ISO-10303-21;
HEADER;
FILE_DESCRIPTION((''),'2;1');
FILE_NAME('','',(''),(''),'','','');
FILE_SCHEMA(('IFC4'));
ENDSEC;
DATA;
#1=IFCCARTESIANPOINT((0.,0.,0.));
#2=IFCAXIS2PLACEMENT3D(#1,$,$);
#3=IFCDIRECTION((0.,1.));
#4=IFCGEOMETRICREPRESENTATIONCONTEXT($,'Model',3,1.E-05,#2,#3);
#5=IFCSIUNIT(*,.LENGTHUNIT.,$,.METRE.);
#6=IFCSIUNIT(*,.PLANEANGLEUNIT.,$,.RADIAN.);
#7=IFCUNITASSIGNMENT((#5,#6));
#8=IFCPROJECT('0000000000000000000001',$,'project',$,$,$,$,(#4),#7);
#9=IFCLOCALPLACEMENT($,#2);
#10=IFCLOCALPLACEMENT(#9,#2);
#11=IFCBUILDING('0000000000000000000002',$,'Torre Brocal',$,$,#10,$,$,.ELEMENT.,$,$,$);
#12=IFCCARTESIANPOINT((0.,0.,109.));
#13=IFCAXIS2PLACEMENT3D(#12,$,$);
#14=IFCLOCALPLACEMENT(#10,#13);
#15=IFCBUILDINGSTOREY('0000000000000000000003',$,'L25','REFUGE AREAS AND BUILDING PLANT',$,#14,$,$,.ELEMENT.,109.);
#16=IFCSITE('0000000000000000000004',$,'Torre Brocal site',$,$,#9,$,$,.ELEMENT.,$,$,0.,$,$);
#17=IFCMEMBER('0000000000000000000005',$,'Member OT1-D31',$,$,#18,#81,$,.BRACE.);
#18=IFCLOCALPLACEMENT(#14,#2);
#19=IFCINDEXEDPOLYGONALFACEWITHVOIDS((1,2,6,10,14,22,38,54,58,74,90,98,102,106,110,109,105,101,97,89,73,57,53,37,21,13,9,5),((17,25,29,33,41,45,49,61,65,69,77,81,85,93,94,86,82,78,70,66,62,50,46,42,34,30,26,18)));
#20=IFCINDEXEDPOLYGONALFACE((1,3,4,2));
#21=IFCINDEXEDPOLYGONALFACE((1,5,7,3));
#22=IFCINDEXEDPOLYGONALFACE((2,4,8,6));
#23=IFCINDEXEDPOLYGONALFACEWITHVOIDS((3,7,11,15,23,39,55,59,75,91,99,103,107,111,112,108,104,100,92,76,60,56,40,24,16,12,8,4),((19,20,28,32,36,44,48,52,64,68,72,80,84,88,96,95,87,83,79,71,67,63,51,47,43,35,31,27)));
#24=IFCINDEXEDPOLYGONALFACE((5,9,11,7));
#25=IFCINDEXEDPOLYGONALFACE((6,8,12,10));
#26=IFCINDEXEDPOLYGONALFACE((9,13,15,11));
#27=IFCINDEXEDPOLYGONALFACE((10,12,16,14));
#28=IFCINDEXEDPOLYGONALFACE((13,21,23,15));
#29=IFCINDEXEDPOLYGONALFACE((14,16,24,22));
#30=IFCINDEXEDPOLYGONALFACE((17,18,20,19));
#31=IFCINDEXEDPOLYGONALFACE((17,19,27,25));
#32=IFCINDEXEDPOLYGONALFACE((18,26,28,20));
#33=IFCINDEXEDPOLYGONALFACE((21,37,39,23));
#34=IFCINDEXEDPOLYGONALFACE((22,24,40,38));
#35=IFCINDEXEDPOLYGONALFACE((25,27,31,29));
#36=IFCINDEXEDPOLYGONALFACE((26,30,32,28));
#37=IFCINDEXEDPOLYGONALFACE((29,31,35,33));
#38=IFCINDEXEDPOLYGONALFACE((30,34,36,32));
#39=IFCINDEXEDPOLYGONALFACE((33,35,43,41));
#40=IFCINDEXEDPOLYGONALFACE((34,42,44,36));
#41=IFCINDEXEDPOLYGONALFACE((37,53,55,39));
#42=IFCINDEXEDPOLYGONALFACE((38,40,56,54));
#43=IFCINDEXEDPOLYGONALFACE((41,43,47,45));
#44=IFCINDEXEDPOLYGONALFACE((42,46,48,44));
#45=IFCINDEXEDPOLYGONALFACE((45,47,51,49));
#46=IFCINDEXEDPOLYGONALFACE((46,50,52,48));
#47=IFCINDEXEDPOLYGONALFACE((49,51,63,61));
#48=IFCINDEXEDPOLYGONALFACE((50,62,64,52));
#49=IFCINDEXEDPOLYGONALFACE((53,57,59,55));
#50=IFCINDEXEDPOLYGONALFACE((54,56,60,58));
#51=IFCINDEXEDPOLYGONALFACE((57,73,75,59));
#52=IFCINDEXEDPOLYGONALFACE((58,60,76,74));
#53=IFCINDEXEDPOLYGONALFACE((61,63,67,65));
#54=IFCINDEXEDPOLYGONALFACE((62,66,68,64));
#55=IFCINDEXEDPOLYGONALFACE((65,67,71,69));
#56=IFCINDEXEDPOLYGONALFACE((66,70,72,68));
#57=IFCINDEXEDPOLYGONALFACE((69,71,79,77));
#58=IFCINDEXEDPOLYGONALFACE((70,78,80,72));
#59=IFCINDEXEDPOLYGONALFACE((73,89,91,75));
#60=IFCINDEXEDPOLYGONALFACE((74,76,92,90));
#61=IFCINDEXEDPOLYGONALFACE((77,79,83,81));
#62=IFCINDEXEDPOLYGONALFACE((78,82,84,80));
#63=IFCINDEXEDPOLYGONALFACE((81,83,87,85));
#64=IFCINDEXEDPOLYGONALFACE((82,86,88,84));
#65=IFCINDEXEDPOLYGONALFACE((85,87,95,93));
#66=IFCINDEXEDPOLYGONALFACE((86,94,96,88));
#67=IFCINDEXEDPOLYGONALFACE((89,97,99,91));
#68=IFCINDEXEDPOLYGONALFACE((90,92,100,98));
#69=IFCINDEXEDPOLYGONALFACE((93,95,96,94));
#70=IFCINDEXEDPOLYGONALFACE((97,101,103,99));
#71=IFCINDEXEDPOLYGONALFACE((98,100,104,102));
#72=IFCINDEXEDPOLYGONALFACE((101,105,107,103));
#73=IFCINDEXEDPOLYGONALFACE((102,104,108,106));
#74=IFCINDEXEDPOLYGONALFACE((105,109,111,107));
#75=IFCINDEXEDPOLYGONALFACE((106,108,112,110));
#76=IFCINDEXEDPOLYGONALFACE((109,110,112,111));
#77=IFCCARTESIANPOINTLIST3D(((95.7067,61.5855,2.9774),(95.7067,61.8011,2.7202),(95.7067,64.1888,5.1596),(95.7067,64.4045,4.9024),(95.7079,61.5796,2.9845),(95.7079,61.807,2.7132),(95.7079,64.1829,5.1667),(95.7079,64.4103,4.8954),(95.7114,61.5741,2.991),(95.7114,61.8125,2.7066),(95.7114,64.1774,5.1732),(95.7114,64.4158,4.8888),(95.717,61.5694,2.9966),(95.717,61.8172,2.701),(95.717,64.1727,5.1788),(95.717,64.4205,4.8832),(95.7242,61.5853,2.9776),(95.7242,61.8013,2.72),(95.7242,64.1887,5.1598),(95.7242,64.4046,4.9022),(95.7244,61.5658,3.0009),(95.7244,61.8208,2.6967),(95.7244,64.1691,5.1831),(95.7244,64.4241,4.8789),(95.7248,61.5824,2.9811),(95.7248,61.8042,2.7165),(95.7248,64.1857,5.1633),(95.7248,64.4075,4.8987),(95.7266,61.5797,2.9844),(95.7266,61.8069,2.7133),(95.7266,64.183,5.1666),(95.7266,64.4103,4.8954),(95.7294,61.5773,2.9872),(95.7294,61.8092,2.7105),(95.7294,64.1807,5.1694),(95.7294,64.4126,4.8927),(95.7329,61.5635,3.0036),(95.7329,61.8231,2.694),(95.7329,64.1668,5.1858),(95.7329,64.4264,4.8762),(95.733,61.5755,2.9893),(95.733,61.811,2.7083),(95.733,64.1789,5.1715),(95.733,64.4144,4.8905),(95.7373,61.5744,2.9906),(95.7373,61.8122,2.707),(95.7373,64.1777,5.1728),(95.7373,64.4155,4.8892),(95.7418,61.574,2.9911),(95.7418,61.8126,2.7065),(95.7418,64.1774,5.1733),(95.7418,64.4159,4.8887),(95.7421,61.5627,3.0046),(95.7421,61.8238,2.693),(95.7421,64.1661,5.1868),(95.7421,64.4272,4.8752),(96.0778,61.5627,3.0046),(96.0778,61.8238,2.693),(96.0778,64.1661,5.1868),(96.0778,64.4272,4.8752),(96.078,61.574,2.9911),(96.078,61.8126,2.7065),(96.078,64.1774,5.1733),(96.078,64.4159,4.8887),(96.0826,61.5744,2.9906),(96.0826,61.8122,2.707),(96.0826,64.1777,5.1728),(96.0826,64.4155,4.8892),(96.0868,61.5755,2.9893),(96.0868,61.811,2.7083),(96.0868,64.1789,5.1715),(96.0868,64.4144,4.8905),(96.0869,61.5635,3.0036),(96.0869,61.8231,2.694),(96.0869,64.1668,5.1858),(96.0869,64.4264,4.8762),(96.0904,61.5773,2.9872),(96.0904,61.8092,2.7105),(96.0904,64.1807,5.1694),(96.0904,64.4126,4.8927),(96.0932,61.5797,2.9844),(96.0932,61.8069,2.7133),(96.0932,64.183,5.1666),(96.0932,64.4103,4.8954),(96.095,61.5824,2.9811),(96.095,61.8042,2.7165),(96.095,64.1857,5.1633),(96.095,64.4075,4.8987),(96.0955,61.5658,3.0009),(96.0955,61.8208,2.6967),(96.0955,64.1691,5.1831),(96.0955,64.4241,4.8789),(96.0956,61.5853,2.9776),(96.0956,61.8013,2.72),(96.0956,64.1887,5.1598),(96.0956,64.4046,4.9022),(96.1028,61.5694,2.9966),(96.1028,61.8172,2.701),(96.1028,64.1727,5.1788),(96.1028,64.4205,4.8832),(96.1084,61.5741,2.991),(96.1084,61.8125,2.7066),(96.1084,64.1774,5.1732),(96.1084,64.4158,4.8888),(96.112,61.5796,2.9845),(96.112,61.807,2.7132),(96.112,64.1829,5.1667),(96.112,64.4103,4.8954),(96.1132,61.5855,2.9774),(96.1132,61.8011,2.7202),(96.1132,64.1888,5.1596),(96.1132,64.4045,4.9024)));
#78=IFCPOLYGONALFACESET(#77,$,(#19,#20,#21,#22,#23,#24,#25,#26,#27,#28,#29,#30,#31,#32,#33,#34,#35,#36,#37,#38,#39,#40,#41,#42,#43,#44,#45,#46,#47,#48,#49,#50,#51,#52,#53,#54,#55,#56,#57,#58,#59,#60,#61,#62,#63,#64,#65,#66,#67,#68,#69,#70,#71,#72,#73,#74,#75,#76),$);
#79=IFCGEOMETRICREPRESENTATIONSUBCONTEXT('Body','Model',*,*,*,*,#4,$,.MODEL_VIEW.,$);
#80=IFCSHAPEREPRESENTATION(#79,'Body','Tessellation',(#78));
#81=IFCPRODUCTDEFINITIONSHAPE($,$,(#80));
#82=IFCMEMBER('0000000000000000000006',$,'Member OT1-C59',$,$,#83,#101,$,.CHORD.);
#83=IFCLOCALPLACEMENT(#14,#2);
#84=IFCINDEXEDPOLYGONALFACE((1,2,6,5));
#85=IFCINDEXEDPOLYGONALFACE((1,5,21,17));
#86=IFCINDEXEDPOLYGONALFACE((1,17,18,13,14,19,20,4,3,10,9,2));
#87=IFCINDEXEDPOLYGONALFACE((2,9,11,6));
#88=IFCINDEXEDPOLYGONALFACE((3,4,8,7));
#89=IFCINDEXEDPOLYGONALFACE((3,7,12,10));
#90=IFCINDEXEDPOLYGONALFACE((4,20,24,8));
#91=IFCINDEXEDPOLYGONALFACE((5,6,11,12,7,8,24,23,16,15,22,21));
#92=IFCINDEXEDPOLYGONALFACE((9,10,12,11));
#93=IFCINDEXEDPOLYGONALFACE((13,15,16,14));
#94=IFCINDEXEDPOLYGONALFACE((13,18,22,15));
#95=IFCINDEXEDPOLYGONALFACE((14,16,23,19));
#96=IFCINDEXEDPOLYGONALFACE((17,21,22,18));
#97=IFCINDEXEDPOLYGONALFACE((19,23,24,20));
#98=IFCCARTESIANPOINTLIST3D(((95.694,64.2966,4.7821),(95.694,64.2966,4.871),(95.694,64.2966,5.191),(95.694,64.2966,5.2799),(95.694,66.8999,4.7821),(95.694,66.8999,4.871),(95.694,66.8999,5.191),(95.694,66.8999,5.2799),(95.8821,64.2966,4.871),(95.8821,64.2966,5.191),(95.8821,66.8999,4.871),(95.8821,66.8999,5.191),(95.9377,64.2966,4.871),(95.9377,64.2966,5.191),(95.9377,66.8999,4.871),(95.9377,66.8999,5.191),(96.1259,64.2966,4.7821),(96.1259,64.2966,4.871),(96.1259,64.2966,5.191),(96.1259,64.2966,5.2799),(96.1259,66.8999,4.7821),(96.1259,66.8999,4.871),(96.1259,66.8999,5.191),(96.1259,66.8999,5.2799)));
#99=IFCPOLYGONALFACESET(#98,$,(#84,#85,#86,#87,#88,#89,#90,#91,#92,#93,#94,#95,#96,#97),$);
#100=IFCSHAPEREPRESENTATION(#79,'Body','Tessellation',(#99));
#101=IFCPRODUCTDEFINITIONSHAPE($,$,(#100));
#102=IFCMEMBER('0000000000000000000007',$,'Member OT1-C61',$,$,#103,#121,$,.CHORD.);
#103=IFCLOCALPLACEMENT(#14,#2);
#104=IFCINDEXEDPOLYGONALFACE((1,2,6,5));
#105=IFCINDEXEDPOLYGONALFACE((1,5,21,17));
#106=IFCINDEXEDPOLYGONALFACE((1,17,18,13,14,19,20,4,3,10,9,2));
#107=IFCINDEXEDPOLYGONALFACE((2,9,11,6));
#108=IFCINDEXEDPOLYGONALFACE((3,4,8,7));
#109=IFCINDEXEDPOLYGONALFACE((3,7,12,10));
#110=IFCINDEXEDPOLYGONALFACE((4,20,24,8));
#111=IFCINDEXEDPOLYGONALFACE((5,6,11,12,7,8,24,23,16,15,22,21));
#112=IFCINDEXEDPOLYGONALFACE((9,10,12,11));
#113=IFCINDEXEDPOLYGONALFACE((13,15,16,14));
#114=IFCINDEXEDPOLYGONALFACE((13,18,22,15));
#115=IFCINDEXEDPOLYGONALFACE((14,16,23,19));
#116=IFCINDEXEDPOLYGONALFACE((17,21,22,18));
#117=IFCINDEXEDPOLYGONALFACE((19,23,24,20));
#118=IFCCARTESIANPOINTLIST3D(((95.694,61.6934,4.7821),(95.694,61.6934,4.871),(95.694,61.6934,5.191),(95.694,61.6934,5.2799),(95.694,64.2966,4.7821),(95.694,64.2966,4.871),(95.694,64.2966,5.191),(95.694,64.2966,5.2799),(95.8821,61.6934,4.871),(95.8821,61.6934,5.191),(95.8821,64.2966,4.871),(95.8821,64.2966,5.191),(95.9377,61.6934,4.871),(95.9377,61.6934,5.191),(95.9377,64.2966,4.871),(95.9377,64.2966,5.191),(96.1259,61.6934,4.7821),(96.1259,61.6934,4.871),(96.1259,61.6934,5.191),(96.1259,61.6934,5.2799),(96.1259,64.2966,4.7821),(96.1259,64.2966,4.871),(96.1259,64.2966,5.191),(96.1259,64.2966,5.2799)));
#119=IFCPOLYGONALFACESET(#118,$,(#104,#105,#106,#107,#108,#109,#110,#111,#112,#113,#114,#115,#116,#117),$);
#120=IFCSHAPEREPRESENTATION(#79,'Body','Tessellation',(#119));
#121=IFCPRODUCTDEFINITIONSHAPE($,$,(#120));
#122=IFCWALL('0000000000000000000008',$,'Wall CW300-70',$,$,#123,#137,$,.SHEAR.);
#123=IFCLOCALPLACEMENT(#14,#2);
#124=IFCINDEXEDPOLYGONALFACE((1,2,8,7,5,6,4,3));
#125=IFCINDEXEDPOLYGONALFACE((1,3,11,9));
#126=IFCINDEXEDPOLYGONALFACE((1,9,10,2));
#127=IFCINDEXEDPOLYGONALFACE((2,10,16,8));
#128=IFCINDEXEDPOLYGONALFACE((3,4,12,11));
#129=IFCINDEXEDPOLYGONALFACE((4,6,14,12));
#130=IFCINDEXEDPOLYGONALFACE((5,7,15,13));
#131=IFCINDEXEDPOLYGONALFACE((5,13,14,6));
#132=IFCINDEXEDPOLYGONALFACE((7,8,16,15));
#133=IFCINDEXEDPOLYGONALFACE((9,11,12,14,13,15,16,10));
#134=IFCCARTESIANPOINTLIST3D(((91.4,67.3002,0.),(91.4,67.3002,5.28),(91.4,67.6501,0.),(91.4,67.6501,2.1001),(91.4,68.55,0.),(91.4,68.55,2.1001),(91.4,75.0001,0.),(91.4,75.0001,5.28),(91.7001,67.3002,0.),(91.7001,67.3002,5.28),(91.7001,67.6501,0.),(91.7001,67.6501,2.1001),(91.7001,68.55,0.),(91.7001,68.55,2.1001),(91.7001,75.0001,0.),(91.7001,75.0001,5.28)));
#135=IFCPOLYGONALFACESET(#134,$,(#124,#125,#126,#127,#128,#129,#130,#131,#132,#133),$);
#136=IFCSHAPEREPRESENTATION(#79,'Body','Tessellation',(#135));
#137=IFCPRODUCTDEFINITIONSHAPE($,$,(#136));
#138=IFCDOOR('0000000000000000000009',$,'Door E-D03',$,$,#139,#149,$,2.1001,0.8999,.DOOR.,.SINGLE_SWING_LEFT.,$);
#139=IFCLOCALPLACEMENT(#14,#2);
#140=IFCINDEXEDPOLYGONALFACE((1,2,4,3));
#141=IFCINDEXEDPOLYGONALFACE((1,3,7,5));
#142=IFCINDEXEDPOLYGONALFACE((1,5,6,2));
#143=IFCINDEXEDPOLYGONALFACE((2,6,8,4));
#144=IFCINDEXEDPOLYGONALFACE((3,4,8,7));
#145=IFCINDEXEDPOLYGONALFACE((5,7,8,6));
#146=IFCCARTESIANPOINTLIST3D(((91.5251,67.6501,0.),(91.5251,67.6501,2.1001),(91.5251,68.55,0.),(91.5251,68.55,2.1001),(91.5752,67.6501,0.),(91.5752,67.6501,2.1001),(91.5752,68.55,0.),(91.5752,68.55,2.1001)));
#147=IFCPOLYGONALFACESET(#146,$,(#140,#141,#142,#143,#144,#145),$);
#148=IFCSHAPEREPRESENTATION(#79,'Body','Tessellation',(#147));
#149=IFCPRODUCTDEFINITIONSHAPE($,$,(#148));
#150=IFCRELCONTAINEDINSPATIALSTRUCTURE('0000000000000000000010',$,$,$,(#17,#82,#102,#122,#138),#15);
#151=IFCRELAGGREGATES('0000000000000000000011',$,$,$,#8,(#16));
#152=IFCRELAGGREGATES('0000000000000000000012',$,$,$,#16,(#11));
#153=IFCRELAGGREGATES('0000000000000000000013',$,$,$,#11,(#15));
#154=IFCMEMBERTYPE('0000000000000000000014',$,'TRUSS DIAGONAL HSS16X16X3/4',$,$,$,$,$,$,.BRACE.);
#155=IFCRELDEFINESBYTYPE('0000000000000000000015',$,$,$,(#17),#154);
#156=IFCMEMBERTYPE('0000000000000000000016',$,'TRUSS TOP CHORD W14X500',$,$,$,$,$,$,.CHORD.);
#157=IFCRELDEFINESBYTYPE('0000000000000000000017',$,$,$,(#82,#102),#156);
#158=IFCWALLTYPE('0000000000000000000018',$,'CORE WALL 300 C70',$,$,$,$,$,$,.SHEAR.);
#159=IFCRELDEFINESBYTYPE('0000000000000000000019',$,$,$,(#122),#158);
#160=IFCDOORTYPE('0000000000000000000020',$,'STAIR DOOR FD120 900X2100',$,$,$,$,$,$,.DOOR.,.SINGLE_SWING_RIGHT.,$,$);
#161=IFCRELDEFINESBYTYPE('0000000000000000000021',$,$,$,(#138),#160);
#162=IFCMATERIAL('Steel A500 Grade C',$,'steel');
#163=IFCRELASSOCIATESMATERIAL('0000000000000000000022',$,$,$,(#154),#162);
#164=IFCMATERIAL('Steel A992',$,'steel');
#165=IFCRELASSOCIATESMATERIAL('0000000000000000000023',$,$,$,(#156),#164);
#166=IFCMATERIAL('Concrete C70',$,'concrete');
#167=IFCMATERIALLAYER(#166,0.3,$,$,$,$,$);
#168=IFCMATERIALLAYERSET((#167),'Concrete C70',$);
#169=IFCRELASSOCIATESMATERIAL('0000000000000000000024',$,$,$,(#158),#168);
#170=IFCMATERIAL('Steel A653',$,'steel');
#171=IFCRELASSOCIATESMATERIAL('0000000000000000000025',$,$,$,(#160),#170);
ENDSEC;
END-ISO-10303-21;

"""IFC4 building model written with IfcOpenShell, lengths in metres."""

from ifc_helpers import new_model, si_unit, direction, frame, frame_2d, origin, origin_2d, place, context, subcontext, project, spatial, rectangle, hollow_rectangle, i_section, extrude, material, layer, layer_set, material_profile, profile_set, type_object, element, fill, save


model = new_model("IFC4")

# Units and contexts
model_context = context("Model", 3, precision=1e-05, world=origin(), true_north=direction((0.0, 1.0)))
body_context = subcontext(model_context, "Body", "Model", "MODEL_VIEW")
ifc_project = project(units=[si_unit("LENGTHUNIT", "METRE"), si_unit("PLANEANGLEUNIT", "RADIAN")], contexts=[model_context])

# Site, building, storey
site_placement = place(None, origin())
site = spatial("IfcSite", under=ifc_project, at=site_placement, Name="Torre Brocal site", CompositionType="ELEMENT", RefElevation=0.0)
building_placement = place(site_placement, origin())
building = spatial("IfcBuilding", under=site, at=building_placement, Name="Torre Brocal", CompositionType="ELEMENT")
storey_placement = place(building_placement, frame((0.0, 0.0, 109.0)))
storey = spatial("IfcBuildingStorey", under=building, at=storey_placement, Name="L25", Description="REFUGE AREAS AND BUILDING PLANT", CompositionType="ELEMENT", Elevation=109.0)

# Members
ifc_material_1 = material(Name="Steel A500 Grade C", Category="steel")
ifc_material_profile_1 = material_profile(ifc_material_1, hollow_rectangle(XDim=0.4065, YDim=0.4065, WallThickness=0.0176, InnerFilletRadius=0.0176, OuterFilletRadius=0.0354, at=origin_2d()), Name="HSS16X16X3/4")
ifc_profile_set_1 = profile_set([ifc_material_profile_1], Name="Steel A500 Grade C")
member_type_1 = type_object("IfcMemberType", Name="TRUSS DIAGONAL HSS16X16X3/4", PredefinedType="BRACE", material=ifc_profile_set_1)
for number, where, z_axis, x_axis, name in (
    (1, (95.9099, 64.2966, 5.031), (0.0, -0.766374, -0.642394), (1.0, 0.0, 0.0), "Member OT1-D31"),
):
    element("IfcMember", number, at=place(storey_placement, frame(where, z_axis=z_axis, x_axis=x_axis)), inside=storey, type_object=member_type_1, Name=name, PredefinedType="BRACE", context=body_context, shape_type="SweptSolid", body=[
        extrude(hollow_rectangle(XDim=0.4065, YDim=0.4065, WallThickness=0.0176, InnerFilletRadius=0.0176, OuterFilletRadius=0.0354, at=origin_2d()), origin(), (0.0, 0.0, 1.0), 3.397),
    ])
ifc_material_2 = material(Name="Steel A992", Category="steel")
ifc_material_profile_2 = material_profile(ifc_material_2, i_section(OverallWidth=0.4319, OverallDepth=0.4978, WebThickness=0.0557, FlangeThickness=0.0889, at=origin_2d()), Name="W14X500")
ifc_profile_set_2 = profile_set([ifc_material_profile_2], Name="Steel A992")
member_type_2 = type_object("IfcMemberType", Name="TRUSS TOP CHORD W14X500", PredefinedType="CHORD", material=ifc_profile_set_2)
for number, where, z_axis, x_axis, name in (
    (2, (95.9099, 66.8999, 5.031), (0.0, -1.0, 0.0), (1.0, 0.0, 0.0), "Member OT1-C59"),
    (3, (95.9099, 64.2966, 5.031), (0.0, -1.0, 0.0), (1.0, 0.0, 0.0), "Member OT1-C61"),
):
    element("IfcMember", number, at=place(storey_placement, frame(where, z_axis=z_axis, x_axis=x_axis)), inside=storey, type_object=member_type_2, Name=name, PredefinedType="CHORD", context=body_context, shape_type="SweptSolid", body=[
        extrude(i_section(OverallWidth=0.4319, OverallDepth=0.4978, WebThickness=0.0557, FlangeThickness=0.0889, at=origin_2d()), origin(), (0.0, 0.0, 1.0), 2.6033),
    ])

# Wall, opening, door
ifc_material_3 = material(Name="Concrete C70", Category="concrete")
ifc_layer_1 = layer(ifc_material_3, 0.3)
ifc_layer_set_1 = layer_set([ifc_layer_1], Name="Concrete C70")
wall_type_1 = type_object("IfcWallType", Name="CORE WALL 300 C70", PredefinedType="SHEAR", material=ifc_layer_set_1)
wall_1_placement = place(storey_placement, frame((91.55, 67.3, 0.0), z_axis=(0.0, 0.0, 1.0), x_axis=(0.0, 1.0, 0.0)))
wall_1 = element("IfcWall", 4, at=wall_1_placement, inside=storey, type_object=wall_type_1, Name="Wall CW300-70", PredefinedType="SHEAR", context=body_context, shape_type="SweptSolid", body=[
    extrude(rectangle(XDim=7.7, YDim=0.3, at=frame_2d((3.8501, 0.0))), origin(), (0.0, 0.0, 1.0), 5.28),
])
opening_1_placement = place(wall_1_placement, frame((0.3501, 0.0, 0.0)))
opening_1 = element("IfcOpeningElement", 5, at=opening_1_placement, cuts=wall_1, PredefinedType="OPENING", context=body_context, shape_type="SweptSolid", body=[
    extrude(rectangle(XDim=0.8999, YDim=2.1001, at=frame_2d((0.45, 1.05))), frame((0.0, 0.1599, 0.0), z_axis=(0.0, -1.0, 0.0), x_axis=(1.0, 0.0, 0.0)), (0.0, 0.0, 1.0), 0.3201),
])
ifc_material_4 = material(Name="Steel A653", Category="steel")
door_type_1 = type_object("IfcDoorType", Name="STAIR DOOR FD120 900X2100", OperationType="SINGLE_SWING_RIGHT", PredefinedType="DOOR", material=ifc_material_4)
door_1_placement = place(opening_1_placement, origin())
door_1 = element("IfcDoor", 6, at=door_1_placement, inside=storey, type_object=door_type_1, Name="Door E-D03", OperationType="SINGLE_SWING_LEFT", OverallHeight=2.1001, OverallWidth=0.8999, PredefinedType="DOOR", context=body_context, shape_type="SweptSolid", body=[
    extrude(rectangle(XDim=0.8999, YDim=2.1001, at=frame_2d((0.45, 1.05))), frame((0.0, 0.0249, 0.0), z_axis=(0.0, -1.0, 0.0), x_axis=(1.0, 0.0, 0.0)), (0.0, 0.0, 1.0), 0.05),
])
fill(opening_1, door_1)

save(model, "model.ifc")
